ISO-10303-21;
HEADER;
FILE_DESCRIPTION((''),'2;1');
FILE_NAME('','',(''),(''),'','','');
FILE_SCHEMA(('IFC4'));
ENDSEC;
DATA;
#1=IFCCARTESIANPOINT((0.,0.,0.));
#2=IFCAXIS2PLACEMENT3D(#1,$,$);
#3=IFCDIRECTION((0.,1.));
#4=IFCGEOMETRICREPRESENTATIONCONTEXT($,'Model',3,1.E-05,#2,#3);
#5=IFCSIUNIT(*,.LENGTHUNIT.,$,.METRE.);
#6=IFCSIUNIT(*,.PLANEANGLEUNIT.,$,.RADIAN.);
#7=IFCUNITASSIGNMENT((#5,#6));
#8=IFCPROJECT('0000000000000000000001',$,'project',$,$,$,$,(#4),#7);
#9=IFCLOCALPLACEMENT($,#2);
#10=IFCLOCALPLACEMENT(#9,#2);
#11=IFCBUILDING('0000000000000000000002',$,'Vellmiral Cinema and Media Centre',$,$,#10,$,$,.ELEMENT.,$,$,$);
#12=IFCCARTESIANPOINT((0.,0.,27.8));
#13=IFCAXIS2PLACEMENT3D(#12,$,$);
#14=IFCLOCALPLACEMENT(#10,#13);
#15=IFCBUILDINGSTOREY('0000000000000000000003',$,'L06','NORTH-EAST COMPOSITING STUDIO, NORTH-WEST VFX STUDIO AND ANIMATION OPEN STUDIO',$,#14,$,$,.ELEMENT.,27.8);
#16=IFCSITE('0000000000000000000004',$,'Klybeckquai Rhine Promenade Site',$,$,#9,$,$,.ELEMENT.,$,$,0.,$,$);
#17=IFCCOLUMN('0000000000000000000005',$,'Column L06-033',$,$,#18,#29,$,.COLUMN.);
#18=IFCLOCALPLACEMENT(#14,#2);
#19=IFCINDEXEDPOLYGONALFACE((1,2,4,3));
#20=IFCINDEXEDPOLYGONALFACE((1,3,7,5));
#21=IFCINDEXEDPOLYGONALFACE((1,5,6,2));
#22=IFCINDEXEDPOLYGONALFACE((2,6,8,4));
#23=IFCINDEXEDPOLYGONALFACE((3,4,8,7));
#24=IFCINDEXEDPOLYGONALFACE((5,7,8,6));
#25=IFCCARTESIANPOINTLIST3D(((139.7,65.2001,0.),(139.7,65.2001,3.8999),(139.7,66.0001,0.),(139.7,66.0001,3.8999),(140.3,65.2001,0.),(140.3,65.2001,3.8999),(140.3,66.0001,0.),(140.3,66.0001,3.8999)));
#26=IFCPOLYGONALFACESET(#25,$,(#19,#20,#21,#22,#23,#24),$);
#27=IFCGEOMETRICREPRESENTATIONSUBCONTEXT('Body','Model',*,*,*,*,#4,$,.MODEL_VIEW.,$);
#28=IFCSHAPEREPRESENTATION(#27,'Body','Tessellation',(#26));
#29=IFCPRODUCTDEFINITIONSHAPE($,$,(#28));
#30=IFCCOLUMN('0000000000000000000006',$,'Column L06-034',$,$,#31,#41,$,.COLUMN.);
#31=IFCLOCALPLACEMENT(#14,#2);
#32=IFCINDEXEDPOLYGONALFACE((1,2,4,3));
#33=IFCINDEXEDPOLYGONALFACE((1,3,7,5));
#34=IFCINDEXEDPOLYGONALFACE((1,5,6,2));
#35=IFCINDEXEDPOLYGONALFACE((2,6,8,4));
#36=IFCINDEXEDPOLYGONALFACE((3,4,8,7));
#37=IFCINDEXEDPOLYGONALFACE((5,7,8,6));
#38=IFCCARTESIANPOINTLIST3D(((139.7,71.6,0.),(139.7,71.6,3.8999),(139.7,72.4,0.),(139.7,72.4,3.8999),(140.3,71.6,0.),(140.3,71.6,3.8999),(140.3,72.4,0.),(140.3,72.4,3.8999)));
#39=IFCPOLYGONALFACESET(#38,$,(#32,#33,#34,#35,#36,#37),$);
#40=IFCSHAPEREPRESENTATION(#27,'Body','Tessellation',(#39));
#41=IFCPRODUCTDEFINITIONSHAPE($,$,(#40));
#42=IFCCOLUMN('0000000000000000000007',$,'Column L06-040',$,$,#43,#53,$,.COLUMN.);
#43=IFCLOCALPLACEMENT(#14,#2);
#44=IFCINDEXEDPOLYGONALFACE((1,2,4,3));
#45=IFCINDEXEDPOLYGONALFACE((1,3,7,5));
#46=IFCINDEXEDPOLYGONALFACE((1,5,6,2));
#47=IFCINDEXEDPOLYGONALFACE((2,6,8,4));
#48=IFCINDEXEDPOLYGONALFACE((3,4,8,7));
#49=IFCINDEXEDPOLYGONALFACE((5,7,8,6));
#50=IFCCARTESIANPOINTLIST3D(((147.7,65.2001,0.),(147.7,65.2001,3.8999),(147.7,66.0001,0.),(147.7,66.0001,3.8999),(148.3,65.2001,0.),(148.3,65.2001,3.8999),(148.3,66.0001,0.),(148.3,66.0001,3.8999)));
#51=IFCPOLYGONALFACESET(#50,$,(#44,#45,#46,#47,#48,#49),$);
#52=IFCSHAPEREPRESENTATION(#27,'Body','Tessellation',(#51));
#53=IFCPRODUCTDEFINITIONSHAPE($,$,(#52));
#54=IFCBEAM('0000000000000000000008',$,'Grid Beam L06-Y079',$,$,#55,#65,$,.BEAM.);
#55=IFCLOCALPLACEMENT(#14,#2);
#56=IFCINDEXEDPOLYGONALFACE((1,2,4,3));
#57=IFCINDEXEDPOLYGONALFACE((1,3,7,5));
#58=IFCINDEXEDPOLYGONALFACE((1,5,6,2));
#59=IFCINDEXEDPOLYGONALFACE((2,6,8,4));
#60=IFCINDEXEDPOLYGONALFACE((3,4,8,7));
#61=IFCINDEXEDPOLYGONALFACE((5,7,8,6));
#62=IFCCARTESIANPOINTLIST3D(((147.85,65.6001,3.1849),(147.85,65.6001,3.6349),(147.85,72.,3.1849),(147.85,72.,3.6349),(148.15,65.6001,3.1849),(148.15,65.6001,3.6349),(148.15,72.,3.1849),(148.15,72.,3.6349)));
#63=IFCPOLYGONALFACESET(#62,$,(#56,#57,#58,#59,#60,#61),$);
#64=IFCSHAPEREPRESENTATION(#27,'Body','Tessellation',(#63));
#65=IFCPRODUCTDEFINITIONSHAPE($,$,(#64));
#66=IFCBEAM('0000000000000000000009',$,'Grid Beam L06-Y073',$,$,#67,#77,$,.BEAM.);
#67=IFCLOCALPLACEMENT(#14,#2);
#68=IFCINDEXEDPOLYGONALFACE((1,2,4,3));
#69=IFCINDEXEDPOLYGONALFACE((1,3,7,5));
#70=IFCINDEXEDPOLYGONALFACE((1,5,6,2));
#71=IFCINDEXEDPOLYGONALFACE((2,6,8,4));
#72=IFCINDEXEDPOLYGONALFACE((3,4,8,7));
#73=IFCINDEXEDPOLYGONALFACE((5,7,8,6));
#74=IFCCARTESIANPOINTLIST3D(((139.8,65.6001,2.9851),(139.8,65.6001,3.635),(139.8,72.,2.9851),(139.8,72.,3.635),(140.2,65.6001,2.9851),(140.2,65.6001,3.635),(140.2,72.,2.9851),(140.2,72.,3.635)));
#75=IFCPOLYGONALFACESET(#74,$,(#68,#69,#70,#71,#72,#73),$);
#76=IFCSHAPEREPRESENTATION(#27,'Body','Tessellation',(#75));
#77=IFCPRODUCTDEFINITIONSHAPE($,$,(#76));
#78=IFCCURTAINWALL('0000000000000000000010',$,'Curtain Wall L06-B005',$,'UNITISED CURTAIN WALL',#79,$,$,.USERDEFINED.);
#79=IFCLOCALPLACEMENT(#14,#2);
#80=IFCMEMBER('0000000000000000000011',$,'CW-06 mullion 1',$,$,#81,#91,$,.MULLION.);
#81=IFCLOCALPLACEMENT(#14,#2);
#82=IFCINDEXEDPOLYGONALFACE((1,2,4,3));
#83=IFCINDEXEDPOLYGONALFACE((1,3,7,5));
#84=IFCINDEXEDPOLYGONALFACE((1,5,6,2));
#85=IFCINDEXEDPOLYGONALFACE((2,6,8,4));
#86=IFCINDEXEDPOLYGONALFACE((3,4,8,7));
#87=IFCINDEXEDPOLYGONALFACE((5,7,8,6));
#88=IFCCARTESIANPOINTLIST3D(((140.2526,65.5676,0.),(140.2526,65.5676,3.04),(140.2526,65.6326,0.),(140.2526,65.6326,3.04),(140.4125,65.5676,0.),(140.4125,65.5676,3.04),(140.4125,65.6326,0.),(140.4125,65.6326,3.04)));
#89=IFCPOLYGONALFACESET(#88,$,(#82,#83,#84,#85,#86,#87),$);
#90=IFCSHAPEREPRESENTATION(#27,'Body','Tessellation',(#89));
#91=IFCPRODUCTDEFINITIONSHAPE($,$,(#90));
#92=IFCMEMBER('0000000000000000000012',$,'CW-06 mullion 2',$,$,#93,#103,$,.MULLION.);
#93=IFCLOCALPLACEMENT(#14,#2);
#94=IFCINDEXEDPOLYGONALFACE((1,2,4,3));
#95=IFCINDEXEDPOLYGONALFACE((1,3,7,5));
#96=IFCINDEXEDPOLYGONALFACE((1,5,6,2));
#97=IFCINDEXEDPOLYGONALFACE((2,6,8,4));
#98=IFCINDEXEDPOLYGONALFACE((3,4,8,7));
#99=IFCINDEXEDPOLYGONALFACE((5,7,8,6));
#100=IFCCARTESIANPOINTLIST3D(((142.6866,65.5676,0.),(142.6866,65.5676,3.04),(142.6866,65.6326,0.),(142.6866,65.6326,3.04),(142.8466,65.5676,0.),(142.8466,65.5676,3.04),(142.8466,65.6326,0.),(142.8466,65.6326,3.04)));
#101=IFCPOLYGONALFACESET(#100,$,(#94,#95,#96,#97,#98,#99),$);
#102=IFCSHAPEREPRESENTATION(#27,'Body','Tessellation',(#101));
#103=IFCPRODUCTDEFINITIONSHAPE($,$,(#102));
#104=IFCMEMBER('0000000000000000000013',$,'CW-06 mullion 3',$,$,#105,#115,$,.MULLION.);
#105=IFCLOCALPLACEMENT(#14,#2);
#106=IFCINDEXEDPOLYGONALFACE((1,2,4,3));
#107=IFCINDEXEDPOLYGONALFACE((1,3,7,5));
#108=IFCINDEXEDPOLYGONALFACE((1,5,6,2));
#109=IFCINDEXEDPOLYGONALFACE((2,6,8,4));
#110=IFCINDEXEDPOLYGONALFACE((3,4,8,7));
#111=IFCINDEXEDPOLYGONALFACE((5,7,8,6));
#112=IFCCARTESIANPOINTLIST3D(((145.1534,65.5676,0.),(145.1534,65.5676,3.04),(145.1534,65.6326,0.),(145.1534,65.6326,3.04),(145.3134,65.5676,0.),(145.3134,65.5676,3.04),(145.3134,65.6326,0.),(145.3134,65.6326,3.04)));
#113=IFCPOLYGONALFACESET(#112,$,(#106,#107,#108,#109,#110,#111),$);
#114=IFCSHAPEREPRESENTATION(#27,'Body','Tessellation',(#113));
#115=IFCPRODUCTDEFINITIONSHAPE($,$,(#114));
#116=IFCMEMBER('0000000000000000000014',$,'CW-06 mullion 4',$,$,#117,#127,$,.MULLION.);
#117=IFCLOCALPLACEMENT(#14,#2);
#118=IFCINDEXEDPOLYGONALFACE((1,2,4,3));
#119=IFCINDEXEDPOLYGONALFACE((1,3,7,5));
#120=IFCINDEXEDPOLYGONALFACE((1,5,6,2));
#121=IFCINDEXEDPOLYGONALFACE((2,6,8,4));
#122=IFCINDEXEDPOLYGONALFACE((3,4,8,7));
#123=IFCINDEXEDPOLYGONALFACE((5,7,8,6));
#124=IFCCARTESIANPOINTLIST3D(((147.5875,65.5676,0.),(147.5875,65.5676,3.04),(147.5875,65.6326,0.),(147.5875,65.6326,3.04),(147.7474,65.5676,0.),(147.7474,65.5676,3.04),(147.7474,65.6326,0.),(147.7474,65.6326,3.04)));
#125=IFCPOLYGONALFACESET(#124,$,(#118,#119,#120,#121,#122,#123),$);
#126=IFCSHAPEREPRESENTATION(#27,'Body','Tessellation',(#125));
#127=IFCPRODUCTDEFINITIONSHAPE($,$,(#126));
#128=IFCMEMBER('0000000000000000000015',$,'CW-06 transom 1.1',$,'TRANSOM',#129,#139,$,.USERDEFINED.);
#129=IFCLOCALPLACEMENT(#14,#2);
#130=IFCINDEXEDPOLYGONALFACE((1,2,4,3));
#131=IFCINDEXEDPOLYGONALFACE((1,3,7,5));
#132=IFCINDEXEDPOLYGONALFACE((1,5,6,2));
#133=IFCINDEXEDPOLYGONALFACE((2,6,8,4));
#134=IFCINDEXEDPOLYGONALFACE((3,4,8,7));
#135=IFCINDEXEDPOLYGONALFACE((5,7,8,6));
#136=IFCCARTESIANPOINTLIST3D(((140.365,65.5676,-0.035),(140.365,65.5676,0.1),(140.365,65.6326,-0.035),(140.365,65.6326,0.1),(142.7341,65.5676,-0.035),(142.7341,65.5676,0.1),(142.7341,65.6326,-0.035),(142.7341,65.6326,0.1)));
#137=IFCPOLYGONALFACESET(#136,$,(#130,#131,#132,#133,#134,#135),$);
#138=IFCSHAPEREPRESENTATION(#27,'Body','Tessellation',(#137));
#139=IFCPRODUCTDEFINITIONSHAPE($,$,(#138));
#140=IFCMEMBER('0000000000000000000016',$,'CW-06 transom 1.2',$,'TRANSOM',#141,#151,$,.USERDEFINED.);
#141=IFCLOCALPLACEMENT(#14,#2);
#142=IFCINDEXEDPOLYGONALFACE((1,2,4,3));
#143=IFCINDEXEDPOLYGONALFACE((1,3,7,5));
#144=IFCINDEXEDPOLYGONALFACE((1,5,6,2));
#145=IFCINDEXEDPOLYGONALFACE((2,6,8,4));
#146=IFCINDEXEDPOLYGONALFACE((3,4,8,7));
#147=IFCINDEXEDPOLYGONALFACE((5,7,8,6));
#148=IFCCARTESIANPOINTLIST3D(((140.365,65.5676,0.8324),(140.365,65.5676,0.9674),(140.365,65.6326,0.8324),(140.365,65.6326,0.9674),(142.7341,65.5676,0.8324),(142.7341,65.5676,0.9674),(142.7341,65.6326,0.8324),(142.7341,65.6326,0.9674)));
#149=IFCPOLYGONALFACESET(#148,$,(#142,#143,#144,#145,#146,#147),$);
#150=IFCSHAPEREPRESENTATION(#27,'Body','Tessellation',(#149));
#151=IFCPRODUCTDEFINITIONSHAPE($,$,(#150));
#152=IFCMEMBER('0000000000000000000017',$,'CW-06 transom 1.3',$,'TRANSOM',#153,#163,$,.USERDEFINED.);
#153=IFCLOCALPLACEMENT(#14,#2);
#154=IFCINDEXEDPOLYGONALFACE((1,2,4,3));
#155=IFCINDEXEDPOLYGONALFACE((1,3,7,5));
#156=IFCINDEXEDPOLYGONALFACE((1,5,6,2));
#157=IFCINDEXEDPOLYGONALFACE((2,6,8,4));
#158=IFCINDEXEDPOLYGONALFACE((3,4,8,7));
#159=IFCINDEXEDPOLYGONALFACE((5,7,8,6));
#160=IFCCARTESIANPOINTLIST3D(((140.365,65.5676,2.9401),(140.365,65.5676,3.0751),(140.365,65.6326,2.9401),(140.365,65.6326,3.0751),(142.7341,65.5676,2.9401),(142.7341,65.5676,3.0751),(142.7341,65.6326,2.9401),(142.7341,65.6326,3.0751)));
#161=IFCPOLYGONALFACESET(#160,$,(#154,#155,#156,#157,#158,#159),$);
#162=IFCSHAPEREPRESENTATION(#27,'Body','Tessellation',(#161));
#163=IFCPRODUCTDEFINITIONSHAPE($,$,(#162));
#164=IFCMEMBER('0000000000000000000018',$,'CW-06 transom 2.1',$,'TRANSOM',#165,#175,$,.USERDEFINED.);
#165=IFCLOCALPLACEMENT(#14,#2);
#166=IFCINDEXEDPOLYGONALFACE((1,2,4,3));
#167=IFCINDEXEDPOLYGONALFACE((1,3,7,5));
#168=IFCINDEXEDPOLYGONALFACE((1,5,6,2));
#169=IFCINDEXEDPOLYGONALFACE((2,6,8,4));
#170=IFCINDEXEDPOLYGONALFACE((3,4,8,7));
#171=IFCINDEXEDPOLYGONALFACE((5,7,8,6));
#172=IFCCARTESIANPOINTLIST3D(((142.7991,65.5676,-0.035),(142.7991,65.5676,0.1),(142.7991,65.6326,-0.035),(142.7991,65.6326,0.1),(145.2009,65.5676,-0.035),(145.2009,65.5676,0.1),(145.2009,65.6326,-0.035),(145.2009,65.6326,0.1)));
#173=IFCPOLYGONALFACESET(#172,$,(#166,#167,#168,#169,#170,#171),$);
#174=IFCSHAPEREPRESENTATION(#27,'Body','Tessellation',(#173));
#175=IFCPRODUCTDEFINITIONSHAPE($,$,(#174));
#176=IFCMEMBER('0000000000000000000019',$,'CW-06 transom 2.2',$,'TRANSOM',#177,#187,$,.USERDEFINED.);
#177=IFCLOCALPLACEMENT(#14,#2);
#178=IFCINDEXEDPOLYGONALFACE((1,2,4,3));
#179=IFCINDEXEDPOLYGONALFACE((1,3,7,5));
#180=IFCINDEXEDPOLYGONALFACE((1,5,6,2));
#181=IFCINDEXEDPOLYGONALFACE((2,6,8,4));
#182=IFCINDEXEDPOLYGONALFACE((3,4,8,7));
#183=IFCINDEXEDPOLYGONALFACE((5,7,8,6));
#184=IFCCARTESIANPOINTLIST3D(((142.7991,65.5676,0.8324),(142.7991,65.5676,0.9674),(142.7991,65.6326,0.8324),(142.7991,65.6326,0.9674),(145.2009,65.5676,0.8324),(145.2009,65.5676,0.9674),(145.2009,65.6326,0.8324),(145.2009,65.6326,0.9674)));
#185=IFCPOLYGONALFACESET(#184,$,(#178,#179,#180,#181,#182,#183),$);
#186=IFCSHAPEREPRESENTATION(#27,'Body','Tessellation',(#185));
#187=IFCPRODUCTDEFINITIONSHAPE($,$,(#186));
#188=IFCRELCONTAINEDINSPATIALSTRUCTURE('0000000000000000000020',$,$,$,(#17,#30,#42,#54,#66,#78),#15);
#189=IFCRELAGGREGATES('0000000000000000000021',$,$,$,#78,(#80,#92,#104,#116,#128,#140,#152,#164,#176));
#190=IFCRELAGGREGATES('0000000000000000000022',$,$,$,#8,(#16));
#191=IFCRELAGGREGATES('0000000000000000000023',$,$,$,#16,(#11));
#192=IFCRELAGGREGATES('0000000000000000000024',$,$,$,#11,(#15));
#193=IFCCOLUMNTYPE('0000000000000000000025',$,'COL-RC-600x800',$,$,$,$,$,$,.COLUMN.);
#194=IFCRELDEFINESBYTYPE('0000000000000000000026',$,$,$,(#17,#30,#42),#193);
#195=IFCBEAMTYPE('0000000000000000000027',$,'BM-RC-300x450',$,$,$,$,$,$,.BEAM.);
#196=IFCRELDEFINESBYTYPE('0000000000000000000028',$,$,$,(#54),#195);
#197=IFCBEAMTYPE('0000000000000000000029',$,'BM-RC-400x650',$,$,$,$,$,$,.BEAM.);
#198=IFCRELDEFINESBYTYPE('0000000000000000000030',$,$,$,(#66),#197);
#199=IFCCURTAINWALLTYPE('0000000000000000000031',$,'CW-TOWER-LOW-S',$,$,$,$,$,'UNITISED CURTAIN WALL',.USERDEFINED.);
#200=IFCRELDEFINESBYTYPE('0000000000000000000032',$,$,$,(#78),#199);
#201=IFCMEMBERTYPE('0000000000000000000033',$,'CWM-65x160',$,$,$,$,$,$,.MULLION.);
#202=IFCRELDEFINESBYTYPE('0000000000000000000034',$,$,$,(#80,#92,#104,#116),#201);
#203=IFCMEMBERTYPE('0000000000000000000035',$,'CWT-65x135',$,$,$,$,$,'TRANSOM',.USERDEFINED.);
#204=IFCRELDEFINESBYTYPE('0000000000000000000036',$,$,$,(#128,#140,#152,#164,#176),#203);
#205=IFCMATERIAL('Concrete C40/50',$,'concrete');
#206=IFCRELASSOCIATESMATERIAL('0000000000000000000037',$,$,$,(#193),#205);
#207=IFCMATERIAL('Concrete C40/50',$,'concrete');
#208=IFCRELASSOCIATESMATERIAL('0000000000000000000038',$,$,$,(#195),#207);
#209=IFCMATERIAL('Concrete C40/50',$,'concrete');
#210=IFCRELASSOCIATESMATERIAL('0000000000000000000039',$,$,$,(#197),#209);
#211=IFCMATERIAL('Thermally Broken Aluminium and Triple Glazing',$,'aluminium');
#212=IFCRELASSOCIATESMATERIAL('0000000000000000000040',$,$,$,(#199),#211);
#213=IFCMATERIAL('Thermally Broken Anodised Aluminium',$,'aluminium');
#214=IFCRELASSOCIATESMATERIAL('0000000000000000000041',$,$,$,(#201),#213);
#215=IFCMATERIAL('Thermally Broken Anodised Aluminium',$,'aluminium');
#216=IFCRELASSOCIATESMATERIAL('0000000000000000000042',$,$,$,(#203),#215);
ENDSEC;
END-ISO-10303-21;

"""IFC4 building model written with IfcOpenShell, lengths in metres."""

from ifc_helpers import new_model, si_unit, direction, frame, origin, origin_2d, place, context, subcontext, project, spatial, rectangle, extrude, material, material_profile, profile_set, type_object, element, aggregate, save


model = new_model("IFC4")

# Units and contexts
model_context = context("Model", 3, precision=1e-05, world=origin(), true_north=direction((0.0, 1.0)))
body_context = subcontext(model_context, "Body", "Model", "MODEL_VIEW")
ifc_project = project(units=[si_unit("LENGTHUNIT", "METRE"), si_unit("PLANEANGLEUNIT", "RADIAN")], contexts=[model_context])

# Site, building, storey
site_placement = place(None, origin())
site = spatial("IfcSite", under=ifc_project, at=site_placement, Name="Klybeckquai Rhine Promenade Site", CompositionType="ELEMENT", RefElevation=0.0)
building_placement = place(site_placement, origin())
building = spatial("IfcBuilding", under=site, at=building_placement, Name="Vellmiral Cinema and Media Centre", CompositionType="ELEMENT")
storey_placement = place(building_placement, frame((0.0, 0.0, 27.8)))
storey = spatial("IfcBuildingStorey", under=building, at=storey_placement, Name="L06", Description="NORTH-EAST COMPOSITING STUDIO, NORTH-WEST VFX STUDIO AND ANIMATION OPEN STUDIO", CompositionType="ELEMENT", Elevation=27.8)

# Columns
ifc_material_1 = material(Name="Concrete C40/50", Category="concrete")
ifc_material_profile_1 = material_profile(ifc_material_1, rectangle(XDim=0.6001, YDim=0.8, at=origin_2d()), Name="RC 600x800")
ifc_profile_set_1 = profile_set([ifc_material_profile_1], Name="Concrete C40/50")
column_type = type_object("IfcColumnType", Name="COL-RC-600x800", PredefinedType="COLUMN", material=ifc_profile_set_1)
for number, where, z_axis, x_axis, name in (
    (1, (140.0, 65.6001, 0.0), (0.0, 0.0, 1.0), (1.0, 0.0, 0.0), "Column L06-033"),
    (2, (140.0, 72.0, 0.0), (0.0, 0.0, 1.0), (1.0, 0.0, 0.0), "Column L06-034"),
    (3, (148.0, 65.6001, 0.0), (0.0, 0.0, 1.0), (1.0, 0.0, 0.0), "Column L06-040"),
):
    element("IfcColumn", number, at=place(storey_placement, frame(where, z_axis=z_axis, x_axis=x_axis)), inside=storey, type_object=column_type, Name=name, PredefinedType="COLUMN", context=body_context, shape_type="SweptSolid", body=[
        extrude(rectangle(XDim=0.6001, YDim=0.8, at=origin_2d()), origin(), (0.0, 0.0, 1.0), 3.8999),
    ])

# Beams
ifc_material_2 = material(Name="Concrete C40/50", Category="concrete")
ifc_material_profile_2 = material_profile(ifc_material_2, rectangle(XDim=0.3, YDim=0.45, at=origin_2d()), Name="RC 300x450")
ifc_profile_set_2 = profile_set([ifc_material_profile_2], Name="Concrete C40/50")
beam_type_1 = type_object("IfcBeamType", Name="BM-RC-300x450", PredefinedType="BEAM", material=ifc_profile_set_2)
beam_1_placement = place(storey_placement, frame((148.0, 65.6001, 3.4099), z_axis=(0.0, 1.0, 0.0), x_axis=(-1.0, 0.0, 0.0)))
element("IfcBeam", 4, at=beam_1_placement, inside=storey, type_object=beam_type_1, Name="Grid Beam L06-Y079", PredefinedType="BEAM", context=body_context, shape_type="SweptSolid", body=[
    extrude(rectangle(XDim=0.3, YDim=0.45, at=origin_2d()), origin(), (0.0, 0.0, 1.0), 6.3999),
])
ifc_material_3 = material(Name="Concrete C40/50", Category="concrete")
ifc_material_profile_3 = material_profile(ifc_material_3, rectangle(XDim=0.3999, YDim=0.6499, at=origin_2d()), Name="RC 400x650")
ifc_profile_set_3 = profile_set([ifc_material_profile_3], Name="Concrete C40/50")
beam_type_2 = type_object("IfcBeamType", Name="BM-RC-400x650", PredefinedType="BEAM", material=ifc_profile_set_3)
beam_2_placement = place(storey_placement, frame((140.0, 65.6001, 3.3101), z_axis=(0.0, 1.0, 0.0), x_axis=(-1.0, 0.0, 0.0)))
element("IfcBeam", 5, at=beam_2_placement, inside=storey, type_object=beam_type_2, Name="Grid Beam L06-Y073", PredefinedType="BEAM", context=body_context, shape_type="SweptSolid", body=[
    extrude(rectangle(XDim=0.3999, YDim=0.6499, at=origin_2d()), origin(), (0.0, 0.0, 1.0), 6.3999),
])

# Curtain wall, members
ifc_material_4 = material(Name="Thermally Broken Aluminium and Triple Glazing", Category="aluminium")
curtain_wall_type = type_object("IfcCurtainWallType", Name="CW-TOWER-LOW-S", ElementType="UNITISED CURTAIN WALL", PredefinedType="USERDEFINED", material=ifc_material_4)
curtain_wall_placement = place(storey_placement, origin())
curtain_wall = element("IfcCurtainWall", 6, at=curtain_wall_placement, inside=storey, type_object=curtain_wall_type, Name="Curtain Wall L06-B005", ObjectType="UNITISED CURTAIN WALL", PredefinedType="USERDEFINED")
ifc_material_5 = material(Name="Thermally Broken Anodised Aluminium", Category="aluminium")
ifc_material_profile_4 = material_profile(ifc_material_5, rectangle(XDim=0.0649, YDim=0.1599, at=origin_2d()), Name="MULL 65x160")
ifc_profile_set_4 = profile_set([ifc_material_profile_4], Name="Thermally Broken Anodised Aluminium")
member_type_1 = type_object("IfcMemberType", Name="CWM-65x160", PredefinedType="MULLION", material=ifc_profile_set_4)
member_1_placement = place(storey_placement, frame((140.3325, 65.6001, 0.0), z_axis=(0.0, 0.0, 1.0), x_axis=(0.0, 1.0, 0.0)))
member_1 = element("IfcMember", 7, at=member_1_placement, type_object=member_type_1, Name="CW-06 mullion 1", PredefinedType="MULLION", context=body_context, shape_type="SweptSolid", body=[
    extrude(rectangle(XDim=0.0649, YDim=0.1599, at=origin_2d()), origin(), (0.0, 0.0, 1.0), 3.04),
])
member_2_placement = place(storey_placement, frame((142.7666, 65.6001, 0.0), z_axis=(0.0, 0.0, 1.0), x_axis=(0.0, 1.0, 0.0)))
member_2 = element("IfcMember", 8, at=member_2_placement, type_object=member_type_1, Name="CW-06 mullion 2", PredefinedType="MULLION", context=body_context, shape_type="SweptSolid", body=[
    extrude(rectangle(XDim=0.0649, YDim=0.1599, at=origin_2d()), origin(), (0.0, 0.0, 1.0), 3.04),
])
member_3_placement = place(storey_placement, frame((145.2334, 65.6001, 0.0), z_axis=(0.0, 0.0, 1.0), x_axis=(0.0, 1.0, 0.0)))
member_3 = element("IfcMember", 9, at=member_3_placement, type_object=member_type_1, Name="CW-06 mullion 3", PredefinedType="MULLION", context=body_context, shape_type="SweptSolid", body=[
    extrude(rectangle(XDim=0.0649, YDim=0.1599, at=origin_2d()), origin(), (0.0, 0.0, 1.0), 3.04),
])
member_4_placement = place(storey_placement, frame((147.6675, 65.6001, 0.0), z_axis=(0.0, 0.0, 1.0), x_axis=(0.0, 1.0, 0.0)))
member_4 = element("IfcMember", 10, at=member_4_placement, type_object=member_type_1, Name="CW-06 mullion 4", PredefinedType="MULLION", context=body_context, shape_type="SweptSolid", body=[
    extrude(rectangle(XDim=0.0649, YDim=0.1599, at=origin_2d()), origin(), (0.0, 0.0, 1.0), 3.04),
])
ifc_material_6 = material(Name="Thermally Broken Anodised Aluminium", Category="aluminium")
ifc_material_profile_5 = material_profile(ifc_material_6, rectangle(XDim=0.0649, YDim=0.135, at=origin_2d()), Name="MULL 65x135")
ifc_profile_set_5 = profile_set([ifc_material_profile_5], Name="Thermally Broken Anodised Aluminium")
member_type_2 = type_object("IfcMemberType", Name="CWT-65x135", ElementType="TRANSOM", PredefinedType="USERDEFINED", material=ifc_profile_set_5)
member_5_placement = place(storey_placement, frame((140.365, 65.6001, 0.0325), z_axis=(1.0, 0.0, 0.0), x_axis=(0.0, 1.0, 0.0)))
member_5 = element("IfcMember", 11, at=member_5_placement, type_object=member_type_2, Name="CW-06 transom 1.1", ObjectType="TRANSOM", PredefinedType="USERDEFINED", context=body_context, shape_type="SweptSolid", body=[
    extrude(rectangle(XDim=0.0649, YDim=0.135, at=origin_2d()), origin(), (0.0, 0.0, 1.0), 2.3691),
])
member_6_placement = place(storey_placement, frame((140.365, 65.6001, 0.8999), z_axis=(1.0, 0.0, 0.0), x_axis=(0.0, 1.0, 0.0)))
member_6 = element("IfcMember", 12, at=member_6_placement, type_object=member_type_2, Name="CW-06 transom 1.2", ObjectType="TRANSOM", PredefinedType="USERDEFINED", context=body_context, shape_type="SweptSolid", body=[
    extrude(rectangle(XDim=0.0649, YDim=0.135, at=origin_2d()), origin(), (0.0, 0.0, 1.0), 2.3691),
])
member_7_placement = place(storey_placement, frame((140.365, 65.6001, 3.0076), z_axis=(1.0, 0.0, 0.0), x_axis=(0.0, 1.0, 0.0)))
member_7 = element("IfcMember", 13, at=member_7_placement, type_object=member_type_2, Name="CW-06 transom 1.3", ObjectType="TRANSOM", PredefinedType="USERDEFINED", context=body_context, shape_type="SweptSolid", body=[
    extrude(rectangle(XDim=0.0649, YDim=0.135, at=origin_2d()), origin(), (0.0, 0.0, 1.0), 2.3691),
])
member_8_placement = place(storey_placement, frame((142.7991, 65.6001, 0.0325), z_axis=(1.0, 0.0, 0.0), x_axis=(0.0, 1.0, 0.0)))
member_8 = element("IfcMember", 14, at=member_8_placement, type_object=member_type_2, Name="CW-06 transom 2.1", ObjectType="TRANSOM", PredefinedType="USERDEFINED", context=body_context, shape_type="SweptSolid", body=[
    extrude(rectangle(XDim=0.0649, YDim=0.135, at=origin_2d()), origin(), (0.0, 0.0, 1.0), 2.4019),
])
member_9_placement = place(storey_placement, frame((142.7991, 65.6001, 0.8999), z_axis=(1.0, 0.0, 0.0), x_axis=(0.0, 1.0, 0.0)))
member_9 = element("IfcMember", 15, at=member_9_placement, type_object=member_type_2, Name="CW-06 transom 2.2", ObjectType="TRANSOM", PredefinedType="USERDEFINED", context=body_context, shape_type="SweptSolid", body=[
    extrude(rectangle(XDim=0.0649, YDim=0.135, at=origin_2d()), origin(), (0.0, 0.0, 1.0), 2.4019),
])

aggregate(curtain_wall, [member_1, member_2, member_3, member_4, member_5, member_6, member_7, member_8, member_9])

save(model, "model.ifc")
